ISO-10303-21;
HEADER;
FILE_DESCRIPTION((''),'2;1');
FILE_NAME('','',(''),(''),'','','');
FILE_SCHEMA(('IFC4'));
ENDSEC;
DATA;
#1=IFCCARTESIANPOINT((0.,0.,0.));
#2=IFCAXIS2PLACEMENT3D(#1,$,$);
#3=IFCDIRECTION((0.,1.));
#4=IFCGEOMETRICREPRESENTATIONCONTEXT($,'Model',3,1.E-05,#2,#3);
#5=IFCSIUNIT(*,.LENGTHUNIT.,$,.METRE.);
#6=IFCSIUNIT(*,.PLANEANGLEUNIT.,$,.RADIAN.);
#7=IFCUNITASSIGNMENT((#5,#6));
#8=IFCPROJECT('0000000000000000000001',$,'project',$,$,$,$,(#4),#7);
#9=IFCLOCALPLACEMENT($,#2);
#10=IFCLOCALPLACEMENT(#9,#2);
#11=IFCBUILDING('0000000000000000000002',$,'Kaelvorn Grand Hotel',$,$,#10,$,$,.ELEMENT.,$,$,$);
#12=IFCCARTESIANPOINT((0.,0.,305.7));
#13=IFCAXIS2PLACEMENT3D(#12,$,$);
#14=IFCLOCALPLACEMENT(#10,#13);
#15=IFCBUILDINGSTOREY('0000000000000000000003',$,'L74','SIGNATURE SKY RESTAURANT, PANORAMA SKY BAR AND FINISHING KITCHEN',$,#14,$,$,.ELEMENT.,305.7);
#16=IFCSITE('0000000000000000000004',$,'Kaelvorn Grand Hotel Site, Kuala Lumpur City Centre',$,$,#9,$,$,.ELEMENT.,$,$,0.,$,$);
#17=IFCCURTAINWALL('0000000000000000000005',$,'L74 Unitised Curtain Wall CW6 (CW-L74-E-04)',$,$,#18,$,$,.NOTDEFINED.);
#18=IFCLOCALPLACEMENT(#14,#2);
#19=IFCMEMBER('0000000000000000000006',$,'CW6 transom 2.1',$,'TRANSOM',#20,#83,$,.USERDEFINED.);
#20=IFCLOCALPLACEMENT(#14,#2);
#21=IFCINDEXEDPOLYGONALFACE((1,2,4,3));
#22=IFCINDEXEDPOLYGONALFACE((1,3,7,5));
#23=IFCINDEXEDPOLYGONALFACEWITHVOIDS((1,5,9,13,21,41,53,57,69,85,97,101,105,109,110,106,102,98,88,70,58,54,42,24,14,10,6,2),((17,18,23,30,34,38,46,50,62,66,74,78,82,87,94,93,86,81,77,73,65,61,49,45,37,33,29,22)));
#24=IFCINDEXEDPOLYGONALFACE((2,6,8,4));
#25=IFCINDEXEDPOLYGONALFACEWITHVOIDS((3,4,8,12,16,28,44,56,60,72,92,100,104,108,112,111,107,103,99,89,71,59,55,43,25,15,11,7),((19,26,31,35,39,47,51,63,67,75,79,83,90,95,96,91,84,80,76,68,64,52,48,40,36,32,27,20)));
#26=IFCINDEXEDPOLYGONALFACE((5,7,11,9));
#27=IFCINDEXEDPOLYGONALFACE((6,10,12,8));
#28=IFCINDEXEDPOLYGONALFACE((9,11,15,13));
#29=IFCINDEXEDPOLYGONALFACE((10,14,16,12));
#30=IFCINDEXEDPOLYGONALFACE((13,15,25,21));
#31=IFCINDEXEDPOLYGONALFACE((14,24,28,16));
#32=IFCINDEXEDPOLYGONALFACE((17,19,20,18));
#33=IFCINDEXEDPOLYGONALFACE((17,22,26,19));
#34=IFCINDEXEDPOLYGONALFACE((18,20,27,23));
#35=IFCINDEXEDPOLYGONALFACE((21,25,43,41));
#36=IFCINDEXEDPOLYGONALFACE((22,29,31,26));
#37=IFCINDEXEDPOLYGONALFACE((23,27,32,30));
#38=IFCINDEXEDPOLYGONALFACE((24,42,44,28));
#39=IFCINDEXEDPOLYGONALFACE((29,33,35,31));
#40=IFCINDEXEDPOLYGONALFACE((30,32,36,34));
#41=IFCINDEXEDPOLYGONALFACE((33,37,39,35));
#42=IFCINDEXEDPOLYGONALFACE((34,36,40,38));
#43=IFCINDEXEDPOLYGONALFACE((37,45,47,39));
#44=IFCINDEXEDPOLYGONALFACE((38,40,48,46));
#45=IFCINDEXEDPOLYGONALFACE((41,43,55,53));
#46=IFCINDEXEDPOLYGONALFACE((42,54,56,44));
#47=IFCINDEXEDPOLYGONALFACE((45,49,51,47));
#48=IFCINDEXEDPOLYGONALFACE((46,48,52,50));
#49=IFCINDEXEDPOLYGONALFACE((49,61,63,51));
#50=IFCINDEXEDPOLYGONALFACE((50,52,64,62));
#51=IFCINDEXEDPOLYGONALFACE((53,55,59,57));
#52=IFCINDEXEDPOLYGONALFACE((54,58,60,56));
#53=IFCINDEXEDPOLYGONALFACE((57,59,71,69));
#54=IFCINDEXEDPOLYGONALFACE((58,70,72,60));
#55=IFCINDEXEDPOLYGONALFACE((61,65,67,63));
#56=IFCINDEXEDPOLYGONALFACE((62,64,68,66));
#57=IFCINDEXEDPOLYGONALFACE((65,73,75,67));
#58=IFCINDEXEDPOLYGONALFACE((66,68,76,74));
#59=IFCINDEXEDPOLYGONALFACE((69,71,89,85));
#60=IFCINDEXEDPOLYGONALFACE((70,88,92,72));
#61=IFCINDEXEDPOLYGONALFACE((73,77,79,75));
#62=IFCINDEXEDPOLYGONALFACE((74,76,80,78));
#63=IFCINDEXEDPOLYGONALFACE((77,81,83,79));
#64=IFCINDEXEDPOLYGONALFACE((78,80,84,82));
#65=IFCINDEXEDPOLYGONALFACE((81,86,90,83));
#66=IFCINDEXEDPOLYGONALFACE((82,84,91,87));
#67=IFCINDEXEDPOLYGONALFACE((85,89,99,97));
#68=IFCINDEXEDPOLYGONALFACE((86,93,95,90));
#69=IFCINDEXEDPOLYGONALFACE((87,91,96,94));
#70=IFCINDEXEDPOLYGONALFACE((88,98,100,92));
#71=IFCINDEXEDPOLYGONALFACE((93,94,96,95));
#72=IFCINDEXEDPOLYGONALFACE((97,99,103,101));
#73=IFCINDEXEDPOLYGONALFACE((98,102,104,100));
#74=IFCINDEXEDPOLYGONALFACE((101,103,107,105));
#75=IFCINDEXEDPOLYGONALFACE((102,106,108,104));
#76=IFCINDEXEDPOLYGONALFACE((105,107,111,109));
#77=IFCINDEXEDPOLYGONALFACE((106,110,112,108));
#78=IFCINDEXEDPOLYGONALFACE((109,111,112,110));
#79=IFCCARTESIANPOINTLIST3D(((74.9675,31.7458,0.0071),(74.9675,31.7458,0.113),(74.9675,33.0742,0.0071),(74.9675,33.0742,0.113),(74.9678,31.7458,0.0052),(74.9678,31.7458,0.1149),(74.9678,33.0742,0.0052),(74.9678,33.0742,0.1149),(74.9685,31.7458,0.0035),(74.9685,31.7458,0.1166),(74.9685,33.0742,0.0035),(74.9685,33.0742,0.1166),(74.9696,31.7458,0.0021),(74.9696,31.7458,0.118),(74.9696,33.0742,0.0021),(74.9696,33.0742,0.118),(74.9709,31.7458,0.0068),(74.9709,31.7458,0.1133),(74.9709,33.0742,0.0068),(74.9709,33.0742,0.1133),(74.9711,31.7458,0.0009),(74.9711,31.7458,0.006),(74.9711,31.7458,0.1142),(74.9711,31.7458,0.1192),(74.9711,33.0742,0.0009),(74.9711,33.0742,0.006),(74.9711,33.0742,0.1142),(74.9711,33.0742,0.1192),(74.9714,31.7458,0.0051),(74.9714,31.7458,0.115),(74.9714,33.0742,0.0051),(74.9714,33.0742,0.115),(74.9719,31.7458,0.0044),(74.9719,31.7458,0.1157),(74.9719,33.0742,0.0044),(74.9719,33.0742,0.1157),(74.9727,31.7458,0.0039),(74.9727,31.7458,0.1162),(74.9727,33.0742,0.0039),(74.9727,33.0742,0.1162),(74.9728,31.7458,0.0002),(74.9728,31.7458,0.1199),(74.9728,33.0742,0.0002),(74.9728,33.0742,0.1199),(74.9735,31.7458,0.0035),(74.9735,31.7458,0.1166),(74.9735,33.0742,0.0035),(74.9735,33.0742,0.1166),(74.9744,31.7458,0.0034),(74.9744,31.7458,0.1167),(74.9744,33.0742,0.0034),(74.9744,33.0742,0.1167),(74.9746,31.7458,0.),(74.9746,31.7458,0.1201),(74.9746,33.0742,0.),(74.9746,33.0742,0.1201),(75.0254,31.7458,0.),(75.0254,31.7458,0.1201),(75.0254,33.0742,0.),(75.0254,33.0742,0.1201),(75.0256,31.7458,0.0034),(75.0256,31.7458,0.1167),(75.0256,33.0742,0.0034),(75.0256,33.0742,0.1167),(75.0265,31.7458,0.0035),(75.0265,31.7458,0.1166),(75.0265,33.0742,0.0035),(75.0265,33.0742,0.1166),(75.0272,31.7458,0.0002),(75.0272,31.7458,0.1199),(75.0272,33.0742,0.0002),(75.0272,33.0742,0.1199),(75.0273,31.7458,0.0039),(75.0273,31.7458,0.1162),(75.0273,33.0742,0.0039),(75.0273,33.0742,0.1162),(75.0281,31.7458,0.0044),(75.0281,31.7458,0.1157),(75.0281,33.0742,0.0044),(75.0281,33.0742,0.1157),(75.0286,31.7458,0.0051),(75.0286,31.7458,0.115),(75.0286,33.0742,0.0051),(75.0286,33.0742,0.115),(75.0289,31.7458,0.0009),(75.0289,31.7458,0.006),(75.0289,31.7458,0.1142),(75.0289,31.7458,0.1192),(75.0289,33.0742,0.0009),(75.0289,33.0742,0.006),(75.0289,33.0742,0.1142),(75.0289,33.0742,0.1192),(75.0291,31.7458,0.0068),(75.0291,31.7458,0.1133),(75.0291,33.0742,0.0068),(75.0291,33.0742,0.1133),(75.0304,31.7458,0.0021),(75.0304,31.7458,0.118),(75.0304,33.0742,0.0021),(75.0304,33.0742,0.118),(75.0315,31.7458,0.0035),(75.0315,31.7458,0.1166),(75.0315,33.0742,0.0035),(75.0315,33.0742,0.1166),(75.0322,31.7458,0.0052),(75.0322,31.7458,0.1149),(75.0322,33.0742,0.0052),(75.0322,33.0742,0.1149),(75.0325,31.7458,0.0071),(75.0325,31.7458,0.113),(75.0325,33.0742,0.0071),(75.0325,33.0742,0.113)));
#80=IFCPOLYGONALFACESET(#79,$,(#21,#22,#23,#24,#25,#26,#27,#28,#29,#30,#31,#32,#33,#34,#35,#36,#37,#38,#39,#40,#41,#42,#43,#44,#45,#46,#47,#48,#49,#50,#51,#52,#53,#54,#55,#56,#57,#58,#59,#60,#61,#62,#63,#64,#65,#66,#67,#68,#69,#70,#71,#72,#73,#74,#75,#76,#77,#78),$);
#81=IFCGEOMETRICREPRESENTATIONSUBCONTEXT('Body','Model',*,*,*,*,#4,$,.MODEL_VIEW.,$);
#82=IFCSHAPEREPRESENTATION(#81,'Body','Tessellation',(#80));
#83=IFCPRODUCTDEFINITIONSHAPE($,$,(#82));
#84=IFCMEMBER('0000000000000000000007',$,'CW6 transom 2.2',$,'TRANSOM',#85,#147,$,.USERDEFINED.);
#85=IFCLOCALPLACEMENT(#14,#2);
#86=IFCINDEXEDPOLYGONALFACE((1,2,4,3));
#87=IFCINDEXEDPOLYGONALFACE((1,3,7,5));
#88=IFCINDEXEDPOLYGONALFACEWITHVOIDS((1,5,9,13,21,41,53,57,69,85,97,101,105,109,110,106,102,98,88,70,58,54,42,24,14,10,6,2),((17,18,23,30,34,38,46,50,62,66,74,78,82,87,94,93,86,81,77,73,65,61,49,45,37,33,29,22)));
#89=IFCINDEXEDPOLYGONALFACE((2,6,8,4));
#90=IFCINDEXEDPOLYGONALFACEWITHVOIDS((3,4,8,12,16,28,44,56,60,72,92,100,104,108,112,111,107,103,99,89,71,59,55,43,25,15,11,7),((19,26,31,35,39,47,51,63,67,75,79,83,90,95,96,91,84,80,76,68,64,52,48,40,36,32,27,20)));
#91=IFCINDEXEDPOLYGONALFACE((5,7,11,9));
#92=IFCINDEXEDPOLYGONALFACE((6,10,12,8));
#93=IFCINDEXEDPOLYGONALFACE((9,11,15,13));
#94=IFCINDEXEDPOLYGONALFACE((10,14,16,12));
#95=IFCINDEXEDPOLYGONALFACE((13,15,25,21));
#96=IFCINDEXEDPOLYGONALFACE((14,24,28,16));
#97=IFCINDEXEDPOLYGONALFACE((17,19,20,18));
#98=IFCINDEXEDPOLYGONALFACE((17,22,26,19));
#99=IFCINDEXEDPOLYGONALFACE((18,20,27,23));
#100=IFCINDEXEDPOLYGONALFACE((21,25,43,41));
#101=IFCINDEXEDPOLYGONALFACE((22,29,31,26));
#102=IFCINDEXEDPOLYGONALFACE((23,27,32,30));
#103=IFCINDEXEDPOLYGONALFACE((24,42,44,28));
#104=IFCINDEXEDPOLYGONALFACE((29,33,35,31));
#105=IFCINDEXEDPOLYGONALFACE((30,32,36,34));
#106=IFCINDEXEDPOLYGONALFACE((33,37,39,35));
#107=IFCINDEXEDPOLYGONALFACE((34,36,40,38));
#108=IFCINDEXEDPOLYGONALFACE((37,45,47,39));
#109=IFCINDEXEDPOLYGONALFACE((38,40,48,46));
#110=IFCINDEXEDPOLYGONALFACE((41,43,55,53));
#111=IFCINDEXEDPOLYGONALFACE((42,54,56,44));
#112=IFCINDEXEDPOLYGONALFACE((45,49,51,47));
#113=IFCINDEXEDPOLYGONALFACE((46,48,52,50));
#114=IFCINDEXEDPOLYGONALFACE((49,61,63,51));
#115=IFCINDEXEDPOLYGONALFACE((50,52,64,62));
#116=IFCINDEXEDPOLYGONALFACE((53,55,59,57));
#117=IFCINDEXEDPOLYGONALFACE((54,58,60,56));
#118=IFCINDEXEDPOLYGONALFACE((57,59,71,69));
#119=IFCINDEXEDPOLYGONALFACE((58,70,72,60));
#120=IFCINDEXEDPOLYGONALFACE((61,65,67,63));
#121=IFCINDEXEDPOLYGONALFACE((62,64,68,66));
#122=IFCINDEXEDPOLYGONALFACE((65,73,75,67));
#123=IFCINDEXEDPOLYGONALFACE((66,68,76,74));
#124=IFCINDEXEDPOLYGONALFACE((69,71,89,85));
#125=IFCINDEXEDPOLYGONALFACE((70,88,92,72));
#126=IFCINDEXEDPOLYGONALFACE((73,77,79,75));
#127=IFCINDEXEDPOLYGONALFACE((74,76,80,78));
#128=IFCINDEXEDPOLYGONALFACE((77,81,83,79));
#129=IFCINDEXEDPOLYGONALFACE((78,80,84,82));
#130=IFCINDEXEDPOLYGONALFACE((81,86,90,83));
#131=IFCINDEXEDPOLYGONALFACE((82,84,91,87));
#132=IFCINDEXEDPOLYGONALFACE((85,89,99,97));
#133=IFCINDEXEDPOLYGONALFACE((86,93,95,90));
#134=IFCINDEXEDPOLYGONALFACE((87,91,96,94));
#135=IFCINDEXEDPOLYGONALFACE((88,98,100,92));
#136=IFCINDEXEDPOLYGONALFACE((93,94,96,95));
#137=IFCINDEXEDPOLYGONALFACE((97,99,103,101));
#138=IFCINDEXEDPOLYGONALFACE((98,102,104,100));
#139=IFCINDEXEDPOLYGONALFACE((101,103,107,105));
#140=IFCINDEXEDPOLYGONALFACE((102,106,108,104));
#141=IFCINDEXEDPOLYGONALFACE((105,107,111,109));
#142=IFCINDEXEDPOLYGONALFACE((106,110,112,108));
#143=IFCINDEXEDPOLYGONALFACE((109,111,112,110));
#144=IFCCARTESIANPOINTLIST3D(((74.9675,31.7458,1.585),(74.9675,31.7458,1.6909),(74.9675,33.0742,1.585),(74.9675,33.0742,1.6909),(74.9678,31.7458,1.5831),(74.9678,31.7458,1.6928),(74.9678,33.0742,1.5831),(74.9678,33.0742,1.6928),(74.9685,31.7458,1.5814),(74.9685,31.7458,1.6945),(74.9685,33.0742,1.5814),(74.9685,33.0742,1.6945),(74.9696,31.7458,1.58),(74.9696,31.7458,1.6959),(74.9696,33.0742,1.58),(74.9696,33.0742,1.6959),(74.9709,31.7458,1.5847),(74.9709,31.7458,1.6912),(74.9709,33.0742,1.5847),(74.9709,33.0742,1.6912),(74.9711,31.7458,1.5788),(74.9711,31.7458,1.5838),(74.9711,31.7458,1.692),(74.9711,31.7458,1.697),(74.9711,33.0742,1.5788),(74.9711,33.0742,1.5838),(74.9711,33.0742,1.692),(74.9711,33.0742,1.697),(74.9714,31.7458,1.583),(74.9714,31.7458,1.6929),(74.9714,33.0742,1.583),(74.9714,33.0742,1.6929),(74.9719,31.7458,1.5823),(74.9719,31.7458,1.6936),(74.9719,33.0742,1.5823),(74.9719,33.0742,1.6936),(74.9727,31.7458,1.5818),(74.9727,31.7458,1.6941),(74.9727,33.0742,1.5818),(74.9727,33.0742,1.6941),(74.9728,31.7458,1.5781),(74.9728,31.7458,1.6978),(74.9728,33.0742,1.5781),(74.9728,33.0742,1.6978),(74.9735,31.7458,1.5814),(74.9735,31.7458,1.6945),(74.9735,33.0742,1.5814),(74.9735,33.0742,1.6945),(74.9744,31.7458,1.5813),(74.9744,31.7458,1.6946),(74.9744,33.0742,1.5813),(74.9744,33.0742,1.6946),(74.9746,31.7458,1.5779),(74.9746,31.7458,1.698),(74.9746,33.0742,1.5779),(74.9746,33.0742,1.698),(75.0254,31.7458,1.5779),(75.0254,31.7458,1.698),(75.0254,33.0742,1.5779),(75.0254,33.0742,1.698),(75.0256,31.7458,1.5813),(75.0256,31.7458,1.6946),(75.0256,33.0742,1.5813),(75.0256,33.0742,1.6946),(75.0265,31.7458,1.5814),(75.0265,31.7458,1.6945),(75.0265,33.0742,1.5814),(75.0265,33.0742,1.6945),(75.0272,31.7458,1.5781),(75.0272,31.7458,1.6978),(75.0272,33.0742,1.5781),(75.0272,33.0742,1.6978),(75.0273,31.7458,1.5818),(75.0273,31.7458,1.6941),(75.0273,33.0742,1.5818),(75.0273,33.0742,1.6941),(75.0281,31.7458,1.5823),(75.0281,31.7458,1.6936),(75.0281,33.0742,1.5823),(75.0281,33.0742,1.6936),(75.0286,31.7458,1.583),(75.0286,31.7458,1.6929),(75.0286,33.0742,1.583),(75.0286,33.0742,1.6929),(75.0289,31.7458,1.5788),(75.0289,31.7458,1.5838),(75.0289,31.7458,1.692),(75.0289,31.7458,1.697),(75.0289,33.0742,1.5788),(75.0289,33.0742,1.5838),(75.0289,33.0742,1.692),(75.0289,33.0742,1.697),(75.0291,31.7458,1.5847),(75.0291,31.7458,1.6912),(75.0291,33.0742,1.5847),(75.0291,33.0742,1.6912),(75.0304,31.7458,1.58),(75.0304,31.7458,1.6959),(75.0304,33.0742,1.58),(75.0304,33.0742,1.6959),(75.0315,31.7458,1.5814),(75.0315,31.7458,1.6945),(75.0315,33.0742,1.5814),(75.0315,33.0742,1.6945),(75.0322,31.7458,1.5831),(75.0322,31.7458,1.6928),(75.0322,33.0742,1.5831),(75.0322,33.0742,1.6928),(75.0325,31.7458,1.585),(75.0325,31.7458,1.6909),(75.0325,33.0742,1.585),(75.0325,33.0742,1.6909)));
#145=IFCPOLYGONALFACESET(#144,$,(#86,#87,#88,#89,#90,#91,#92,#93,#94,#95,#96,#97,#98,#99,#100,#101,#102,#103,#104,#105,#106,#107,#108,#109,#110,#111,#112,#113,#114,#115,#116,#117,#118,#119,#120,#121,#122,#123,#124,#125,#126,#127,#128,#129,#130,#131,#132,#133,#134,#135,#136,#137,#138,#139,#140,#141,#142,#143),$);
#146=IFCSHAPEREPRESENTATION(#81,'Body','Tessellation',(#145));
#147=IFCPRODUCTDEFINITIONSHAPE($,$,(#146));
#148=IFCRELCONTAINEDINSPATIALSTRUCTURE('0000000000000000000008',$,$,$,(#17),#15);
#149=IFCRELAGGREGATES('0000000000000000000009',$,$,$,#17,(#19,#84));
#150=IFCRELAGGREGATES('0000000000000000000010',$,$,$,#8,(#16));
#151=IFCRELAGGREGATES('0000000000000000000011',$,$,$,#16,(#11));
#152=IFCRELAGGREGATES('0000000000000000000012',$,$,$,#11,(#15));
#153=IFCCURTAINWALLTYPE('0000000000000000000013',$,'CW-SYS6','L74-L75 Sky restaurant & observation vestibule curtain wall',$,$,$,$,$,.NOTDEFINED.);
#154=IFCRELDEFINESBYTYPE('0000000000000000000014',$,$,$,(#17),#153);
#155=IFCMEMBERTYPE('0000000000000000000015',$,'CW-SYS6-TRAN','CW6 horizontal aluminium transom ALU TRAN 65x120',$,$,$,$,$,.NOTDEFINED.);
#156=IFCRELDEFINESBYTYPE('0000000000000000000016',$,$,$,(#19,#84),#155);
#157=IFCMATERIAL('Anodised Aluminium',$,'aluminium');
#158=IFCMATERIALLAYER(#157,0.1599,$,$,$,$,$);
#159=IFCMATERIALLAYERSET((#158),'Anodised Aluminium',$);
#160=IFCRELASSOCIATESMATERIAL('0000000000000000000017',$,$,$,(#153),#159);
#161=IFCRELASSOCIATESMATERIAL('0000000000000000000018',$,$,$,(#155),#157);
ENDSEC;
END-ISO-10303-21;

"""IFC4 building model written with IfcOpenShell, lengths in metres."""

from ifc_helpers import new_model, si_unit, direction, frame, origin, origin_2d, place, context, subcontext, project, spatial, hollow_rectangle, extrude, material, layer, layer_set, material_profile, profile_set, type_object, element, aggregate, save


model = new_model("IFC4")

# Units and contexts
model_context = context("Model", 3, precision=1e-05, world=origin(), true_north=direction((0.0, 1.0)))
body_context = subcontext(model_context, "Body", "Model", "MODEL_VIEW")
ifc_project = project(units=[si_unit("LENGTHUNIT", "METRE"), si_unit("PLANEANGLEUNIT", "RADIAN")], contexts=[model_context])

# Site, building, storey
site_placement = place(None, origin())
site = spatial("IfcSite", under=ifc_project, at=site_placement, Name="Kaelvorn Grand Hotel Site, Kuala Lumpur City Centre", CompositionType="ELEMENT", RefElevation=0.0)
building_placement = place(site_placement, origin())
building = spatial("IfcBuilding", under=site, at=building_placement, Name="Kaelvorn Grand Hotel", CompositionType="ELEMENT")
storey_placement = place(building_placement, frame((0.0, 0.0, 305.7)))
storey = spatial("IfcBuildingStorey", under=building, at=storey_placement, Name="L74", Description="SIGNATURE SKY RESTAURANT, PANORAMA SKY BAR AND FINISHING KITCHEN", CompositionType="ELEMENT", Elevation=305.7)

# Curtain wall, members
ifc_material_1 = material(Name="Anodised Aluminium", Category="aluminium")
ifc_layer_1 = layer(ifc_material_1, 0.1599)
ifc_layer_set_1 = layer_set([ifc_layer_1], Name="Anodised Aluminium")
curtain_wall_type = type_object("IfcCurtainWallType", Name="CW-SYS6", Description="L74-L75 Sky restaurant & observation vestibule curtain wall", PredefinedType="NOTDEFINED", material=ifc_layer_set_1)
curtain_wall_placement = place(storey_placement, origin())
curtain_wall = element("IfcCurtainWall", 1, at=curtain_wall_placement, inside=storey, type_object=curtain_wall_type, Name="L74 Unitised Curtain Wall CW6 (CW-L74-E-04)", PredefinedType="NOTDEFINED")
ifc_material_profile_1 = material_profile(ifc_material_1, hollow_rectangle(XDim=0.0649, YDim=0.1201, WallThickness=0.0034, InnerFilletRadius=0.0034, OuterFilletRadius=0.0071, at=origin_2d()), Name="ALU TRAN 65x120")
ifc_profile_set_1 = profile_set([ifc_material_profile_1], Name="Anodised Aluminium")
member_type_1 = type_object("IfcMemberType", Name="CW-SYS6-TRAN", Description="CW6 horizontal aluminium transom ALU TRAN 65x120", PredefinedType="NOTDEFINED", material=ifc_profile_set_1)
member_1_placement = place(storey_placement, frame((75.0, 31.7458, 0.0601), z_axis=(0.0, 1.0, 0.0), x_axis=(-1.0, 0.0, 0.0)))
member_1 = element("IfcMember", 2, at=member_1_placement, type_object=member_type_1, Name="CW6 transom 2.1", ObjectType="TRANSOM", PredefinedType="USERDEFINED", context=body_context, shape_type="SweptSolid", body=[
    extrude(hollow_rectangle(XDim=0.0649, YDim=0.1201, WallThickness=0.0034, InnerFilletRadius=0.0034, OuterFilletRadius=0.0071, at=origin_2d()), origin(), (0.0, 0.0, 1.0), 1.3284),
])
member_2_placement = place(storey_placement, frame((75.0, 31.7458, 1.6379), z_axis=(0.0, 1.0, 0.0), x_axis=(-1.0, 0.0, 0.0)))
member_2 = element("IfcMember", 3, at=member_2_placement, type_object=member_type_1, Name="CW6 transom 2.2", ObjectType="TRANSOM", PredefinedType="USERDEFINED", context=body_context, shape_type="SweptSolid", body=[
    extrude(hollow_rectangle(XDim=0.0649, YDim=0.1201, WallThickness=0.0034, InnerFilletRadius=0.0034, OuterFilletRadius=0.0071, at=origin_2d()), origin(), (0.0, 0.0, 1.0), 1.3284),
])
aggregate(curtain_wall, [member_1, member_2])

save(model, "model.ifc")
